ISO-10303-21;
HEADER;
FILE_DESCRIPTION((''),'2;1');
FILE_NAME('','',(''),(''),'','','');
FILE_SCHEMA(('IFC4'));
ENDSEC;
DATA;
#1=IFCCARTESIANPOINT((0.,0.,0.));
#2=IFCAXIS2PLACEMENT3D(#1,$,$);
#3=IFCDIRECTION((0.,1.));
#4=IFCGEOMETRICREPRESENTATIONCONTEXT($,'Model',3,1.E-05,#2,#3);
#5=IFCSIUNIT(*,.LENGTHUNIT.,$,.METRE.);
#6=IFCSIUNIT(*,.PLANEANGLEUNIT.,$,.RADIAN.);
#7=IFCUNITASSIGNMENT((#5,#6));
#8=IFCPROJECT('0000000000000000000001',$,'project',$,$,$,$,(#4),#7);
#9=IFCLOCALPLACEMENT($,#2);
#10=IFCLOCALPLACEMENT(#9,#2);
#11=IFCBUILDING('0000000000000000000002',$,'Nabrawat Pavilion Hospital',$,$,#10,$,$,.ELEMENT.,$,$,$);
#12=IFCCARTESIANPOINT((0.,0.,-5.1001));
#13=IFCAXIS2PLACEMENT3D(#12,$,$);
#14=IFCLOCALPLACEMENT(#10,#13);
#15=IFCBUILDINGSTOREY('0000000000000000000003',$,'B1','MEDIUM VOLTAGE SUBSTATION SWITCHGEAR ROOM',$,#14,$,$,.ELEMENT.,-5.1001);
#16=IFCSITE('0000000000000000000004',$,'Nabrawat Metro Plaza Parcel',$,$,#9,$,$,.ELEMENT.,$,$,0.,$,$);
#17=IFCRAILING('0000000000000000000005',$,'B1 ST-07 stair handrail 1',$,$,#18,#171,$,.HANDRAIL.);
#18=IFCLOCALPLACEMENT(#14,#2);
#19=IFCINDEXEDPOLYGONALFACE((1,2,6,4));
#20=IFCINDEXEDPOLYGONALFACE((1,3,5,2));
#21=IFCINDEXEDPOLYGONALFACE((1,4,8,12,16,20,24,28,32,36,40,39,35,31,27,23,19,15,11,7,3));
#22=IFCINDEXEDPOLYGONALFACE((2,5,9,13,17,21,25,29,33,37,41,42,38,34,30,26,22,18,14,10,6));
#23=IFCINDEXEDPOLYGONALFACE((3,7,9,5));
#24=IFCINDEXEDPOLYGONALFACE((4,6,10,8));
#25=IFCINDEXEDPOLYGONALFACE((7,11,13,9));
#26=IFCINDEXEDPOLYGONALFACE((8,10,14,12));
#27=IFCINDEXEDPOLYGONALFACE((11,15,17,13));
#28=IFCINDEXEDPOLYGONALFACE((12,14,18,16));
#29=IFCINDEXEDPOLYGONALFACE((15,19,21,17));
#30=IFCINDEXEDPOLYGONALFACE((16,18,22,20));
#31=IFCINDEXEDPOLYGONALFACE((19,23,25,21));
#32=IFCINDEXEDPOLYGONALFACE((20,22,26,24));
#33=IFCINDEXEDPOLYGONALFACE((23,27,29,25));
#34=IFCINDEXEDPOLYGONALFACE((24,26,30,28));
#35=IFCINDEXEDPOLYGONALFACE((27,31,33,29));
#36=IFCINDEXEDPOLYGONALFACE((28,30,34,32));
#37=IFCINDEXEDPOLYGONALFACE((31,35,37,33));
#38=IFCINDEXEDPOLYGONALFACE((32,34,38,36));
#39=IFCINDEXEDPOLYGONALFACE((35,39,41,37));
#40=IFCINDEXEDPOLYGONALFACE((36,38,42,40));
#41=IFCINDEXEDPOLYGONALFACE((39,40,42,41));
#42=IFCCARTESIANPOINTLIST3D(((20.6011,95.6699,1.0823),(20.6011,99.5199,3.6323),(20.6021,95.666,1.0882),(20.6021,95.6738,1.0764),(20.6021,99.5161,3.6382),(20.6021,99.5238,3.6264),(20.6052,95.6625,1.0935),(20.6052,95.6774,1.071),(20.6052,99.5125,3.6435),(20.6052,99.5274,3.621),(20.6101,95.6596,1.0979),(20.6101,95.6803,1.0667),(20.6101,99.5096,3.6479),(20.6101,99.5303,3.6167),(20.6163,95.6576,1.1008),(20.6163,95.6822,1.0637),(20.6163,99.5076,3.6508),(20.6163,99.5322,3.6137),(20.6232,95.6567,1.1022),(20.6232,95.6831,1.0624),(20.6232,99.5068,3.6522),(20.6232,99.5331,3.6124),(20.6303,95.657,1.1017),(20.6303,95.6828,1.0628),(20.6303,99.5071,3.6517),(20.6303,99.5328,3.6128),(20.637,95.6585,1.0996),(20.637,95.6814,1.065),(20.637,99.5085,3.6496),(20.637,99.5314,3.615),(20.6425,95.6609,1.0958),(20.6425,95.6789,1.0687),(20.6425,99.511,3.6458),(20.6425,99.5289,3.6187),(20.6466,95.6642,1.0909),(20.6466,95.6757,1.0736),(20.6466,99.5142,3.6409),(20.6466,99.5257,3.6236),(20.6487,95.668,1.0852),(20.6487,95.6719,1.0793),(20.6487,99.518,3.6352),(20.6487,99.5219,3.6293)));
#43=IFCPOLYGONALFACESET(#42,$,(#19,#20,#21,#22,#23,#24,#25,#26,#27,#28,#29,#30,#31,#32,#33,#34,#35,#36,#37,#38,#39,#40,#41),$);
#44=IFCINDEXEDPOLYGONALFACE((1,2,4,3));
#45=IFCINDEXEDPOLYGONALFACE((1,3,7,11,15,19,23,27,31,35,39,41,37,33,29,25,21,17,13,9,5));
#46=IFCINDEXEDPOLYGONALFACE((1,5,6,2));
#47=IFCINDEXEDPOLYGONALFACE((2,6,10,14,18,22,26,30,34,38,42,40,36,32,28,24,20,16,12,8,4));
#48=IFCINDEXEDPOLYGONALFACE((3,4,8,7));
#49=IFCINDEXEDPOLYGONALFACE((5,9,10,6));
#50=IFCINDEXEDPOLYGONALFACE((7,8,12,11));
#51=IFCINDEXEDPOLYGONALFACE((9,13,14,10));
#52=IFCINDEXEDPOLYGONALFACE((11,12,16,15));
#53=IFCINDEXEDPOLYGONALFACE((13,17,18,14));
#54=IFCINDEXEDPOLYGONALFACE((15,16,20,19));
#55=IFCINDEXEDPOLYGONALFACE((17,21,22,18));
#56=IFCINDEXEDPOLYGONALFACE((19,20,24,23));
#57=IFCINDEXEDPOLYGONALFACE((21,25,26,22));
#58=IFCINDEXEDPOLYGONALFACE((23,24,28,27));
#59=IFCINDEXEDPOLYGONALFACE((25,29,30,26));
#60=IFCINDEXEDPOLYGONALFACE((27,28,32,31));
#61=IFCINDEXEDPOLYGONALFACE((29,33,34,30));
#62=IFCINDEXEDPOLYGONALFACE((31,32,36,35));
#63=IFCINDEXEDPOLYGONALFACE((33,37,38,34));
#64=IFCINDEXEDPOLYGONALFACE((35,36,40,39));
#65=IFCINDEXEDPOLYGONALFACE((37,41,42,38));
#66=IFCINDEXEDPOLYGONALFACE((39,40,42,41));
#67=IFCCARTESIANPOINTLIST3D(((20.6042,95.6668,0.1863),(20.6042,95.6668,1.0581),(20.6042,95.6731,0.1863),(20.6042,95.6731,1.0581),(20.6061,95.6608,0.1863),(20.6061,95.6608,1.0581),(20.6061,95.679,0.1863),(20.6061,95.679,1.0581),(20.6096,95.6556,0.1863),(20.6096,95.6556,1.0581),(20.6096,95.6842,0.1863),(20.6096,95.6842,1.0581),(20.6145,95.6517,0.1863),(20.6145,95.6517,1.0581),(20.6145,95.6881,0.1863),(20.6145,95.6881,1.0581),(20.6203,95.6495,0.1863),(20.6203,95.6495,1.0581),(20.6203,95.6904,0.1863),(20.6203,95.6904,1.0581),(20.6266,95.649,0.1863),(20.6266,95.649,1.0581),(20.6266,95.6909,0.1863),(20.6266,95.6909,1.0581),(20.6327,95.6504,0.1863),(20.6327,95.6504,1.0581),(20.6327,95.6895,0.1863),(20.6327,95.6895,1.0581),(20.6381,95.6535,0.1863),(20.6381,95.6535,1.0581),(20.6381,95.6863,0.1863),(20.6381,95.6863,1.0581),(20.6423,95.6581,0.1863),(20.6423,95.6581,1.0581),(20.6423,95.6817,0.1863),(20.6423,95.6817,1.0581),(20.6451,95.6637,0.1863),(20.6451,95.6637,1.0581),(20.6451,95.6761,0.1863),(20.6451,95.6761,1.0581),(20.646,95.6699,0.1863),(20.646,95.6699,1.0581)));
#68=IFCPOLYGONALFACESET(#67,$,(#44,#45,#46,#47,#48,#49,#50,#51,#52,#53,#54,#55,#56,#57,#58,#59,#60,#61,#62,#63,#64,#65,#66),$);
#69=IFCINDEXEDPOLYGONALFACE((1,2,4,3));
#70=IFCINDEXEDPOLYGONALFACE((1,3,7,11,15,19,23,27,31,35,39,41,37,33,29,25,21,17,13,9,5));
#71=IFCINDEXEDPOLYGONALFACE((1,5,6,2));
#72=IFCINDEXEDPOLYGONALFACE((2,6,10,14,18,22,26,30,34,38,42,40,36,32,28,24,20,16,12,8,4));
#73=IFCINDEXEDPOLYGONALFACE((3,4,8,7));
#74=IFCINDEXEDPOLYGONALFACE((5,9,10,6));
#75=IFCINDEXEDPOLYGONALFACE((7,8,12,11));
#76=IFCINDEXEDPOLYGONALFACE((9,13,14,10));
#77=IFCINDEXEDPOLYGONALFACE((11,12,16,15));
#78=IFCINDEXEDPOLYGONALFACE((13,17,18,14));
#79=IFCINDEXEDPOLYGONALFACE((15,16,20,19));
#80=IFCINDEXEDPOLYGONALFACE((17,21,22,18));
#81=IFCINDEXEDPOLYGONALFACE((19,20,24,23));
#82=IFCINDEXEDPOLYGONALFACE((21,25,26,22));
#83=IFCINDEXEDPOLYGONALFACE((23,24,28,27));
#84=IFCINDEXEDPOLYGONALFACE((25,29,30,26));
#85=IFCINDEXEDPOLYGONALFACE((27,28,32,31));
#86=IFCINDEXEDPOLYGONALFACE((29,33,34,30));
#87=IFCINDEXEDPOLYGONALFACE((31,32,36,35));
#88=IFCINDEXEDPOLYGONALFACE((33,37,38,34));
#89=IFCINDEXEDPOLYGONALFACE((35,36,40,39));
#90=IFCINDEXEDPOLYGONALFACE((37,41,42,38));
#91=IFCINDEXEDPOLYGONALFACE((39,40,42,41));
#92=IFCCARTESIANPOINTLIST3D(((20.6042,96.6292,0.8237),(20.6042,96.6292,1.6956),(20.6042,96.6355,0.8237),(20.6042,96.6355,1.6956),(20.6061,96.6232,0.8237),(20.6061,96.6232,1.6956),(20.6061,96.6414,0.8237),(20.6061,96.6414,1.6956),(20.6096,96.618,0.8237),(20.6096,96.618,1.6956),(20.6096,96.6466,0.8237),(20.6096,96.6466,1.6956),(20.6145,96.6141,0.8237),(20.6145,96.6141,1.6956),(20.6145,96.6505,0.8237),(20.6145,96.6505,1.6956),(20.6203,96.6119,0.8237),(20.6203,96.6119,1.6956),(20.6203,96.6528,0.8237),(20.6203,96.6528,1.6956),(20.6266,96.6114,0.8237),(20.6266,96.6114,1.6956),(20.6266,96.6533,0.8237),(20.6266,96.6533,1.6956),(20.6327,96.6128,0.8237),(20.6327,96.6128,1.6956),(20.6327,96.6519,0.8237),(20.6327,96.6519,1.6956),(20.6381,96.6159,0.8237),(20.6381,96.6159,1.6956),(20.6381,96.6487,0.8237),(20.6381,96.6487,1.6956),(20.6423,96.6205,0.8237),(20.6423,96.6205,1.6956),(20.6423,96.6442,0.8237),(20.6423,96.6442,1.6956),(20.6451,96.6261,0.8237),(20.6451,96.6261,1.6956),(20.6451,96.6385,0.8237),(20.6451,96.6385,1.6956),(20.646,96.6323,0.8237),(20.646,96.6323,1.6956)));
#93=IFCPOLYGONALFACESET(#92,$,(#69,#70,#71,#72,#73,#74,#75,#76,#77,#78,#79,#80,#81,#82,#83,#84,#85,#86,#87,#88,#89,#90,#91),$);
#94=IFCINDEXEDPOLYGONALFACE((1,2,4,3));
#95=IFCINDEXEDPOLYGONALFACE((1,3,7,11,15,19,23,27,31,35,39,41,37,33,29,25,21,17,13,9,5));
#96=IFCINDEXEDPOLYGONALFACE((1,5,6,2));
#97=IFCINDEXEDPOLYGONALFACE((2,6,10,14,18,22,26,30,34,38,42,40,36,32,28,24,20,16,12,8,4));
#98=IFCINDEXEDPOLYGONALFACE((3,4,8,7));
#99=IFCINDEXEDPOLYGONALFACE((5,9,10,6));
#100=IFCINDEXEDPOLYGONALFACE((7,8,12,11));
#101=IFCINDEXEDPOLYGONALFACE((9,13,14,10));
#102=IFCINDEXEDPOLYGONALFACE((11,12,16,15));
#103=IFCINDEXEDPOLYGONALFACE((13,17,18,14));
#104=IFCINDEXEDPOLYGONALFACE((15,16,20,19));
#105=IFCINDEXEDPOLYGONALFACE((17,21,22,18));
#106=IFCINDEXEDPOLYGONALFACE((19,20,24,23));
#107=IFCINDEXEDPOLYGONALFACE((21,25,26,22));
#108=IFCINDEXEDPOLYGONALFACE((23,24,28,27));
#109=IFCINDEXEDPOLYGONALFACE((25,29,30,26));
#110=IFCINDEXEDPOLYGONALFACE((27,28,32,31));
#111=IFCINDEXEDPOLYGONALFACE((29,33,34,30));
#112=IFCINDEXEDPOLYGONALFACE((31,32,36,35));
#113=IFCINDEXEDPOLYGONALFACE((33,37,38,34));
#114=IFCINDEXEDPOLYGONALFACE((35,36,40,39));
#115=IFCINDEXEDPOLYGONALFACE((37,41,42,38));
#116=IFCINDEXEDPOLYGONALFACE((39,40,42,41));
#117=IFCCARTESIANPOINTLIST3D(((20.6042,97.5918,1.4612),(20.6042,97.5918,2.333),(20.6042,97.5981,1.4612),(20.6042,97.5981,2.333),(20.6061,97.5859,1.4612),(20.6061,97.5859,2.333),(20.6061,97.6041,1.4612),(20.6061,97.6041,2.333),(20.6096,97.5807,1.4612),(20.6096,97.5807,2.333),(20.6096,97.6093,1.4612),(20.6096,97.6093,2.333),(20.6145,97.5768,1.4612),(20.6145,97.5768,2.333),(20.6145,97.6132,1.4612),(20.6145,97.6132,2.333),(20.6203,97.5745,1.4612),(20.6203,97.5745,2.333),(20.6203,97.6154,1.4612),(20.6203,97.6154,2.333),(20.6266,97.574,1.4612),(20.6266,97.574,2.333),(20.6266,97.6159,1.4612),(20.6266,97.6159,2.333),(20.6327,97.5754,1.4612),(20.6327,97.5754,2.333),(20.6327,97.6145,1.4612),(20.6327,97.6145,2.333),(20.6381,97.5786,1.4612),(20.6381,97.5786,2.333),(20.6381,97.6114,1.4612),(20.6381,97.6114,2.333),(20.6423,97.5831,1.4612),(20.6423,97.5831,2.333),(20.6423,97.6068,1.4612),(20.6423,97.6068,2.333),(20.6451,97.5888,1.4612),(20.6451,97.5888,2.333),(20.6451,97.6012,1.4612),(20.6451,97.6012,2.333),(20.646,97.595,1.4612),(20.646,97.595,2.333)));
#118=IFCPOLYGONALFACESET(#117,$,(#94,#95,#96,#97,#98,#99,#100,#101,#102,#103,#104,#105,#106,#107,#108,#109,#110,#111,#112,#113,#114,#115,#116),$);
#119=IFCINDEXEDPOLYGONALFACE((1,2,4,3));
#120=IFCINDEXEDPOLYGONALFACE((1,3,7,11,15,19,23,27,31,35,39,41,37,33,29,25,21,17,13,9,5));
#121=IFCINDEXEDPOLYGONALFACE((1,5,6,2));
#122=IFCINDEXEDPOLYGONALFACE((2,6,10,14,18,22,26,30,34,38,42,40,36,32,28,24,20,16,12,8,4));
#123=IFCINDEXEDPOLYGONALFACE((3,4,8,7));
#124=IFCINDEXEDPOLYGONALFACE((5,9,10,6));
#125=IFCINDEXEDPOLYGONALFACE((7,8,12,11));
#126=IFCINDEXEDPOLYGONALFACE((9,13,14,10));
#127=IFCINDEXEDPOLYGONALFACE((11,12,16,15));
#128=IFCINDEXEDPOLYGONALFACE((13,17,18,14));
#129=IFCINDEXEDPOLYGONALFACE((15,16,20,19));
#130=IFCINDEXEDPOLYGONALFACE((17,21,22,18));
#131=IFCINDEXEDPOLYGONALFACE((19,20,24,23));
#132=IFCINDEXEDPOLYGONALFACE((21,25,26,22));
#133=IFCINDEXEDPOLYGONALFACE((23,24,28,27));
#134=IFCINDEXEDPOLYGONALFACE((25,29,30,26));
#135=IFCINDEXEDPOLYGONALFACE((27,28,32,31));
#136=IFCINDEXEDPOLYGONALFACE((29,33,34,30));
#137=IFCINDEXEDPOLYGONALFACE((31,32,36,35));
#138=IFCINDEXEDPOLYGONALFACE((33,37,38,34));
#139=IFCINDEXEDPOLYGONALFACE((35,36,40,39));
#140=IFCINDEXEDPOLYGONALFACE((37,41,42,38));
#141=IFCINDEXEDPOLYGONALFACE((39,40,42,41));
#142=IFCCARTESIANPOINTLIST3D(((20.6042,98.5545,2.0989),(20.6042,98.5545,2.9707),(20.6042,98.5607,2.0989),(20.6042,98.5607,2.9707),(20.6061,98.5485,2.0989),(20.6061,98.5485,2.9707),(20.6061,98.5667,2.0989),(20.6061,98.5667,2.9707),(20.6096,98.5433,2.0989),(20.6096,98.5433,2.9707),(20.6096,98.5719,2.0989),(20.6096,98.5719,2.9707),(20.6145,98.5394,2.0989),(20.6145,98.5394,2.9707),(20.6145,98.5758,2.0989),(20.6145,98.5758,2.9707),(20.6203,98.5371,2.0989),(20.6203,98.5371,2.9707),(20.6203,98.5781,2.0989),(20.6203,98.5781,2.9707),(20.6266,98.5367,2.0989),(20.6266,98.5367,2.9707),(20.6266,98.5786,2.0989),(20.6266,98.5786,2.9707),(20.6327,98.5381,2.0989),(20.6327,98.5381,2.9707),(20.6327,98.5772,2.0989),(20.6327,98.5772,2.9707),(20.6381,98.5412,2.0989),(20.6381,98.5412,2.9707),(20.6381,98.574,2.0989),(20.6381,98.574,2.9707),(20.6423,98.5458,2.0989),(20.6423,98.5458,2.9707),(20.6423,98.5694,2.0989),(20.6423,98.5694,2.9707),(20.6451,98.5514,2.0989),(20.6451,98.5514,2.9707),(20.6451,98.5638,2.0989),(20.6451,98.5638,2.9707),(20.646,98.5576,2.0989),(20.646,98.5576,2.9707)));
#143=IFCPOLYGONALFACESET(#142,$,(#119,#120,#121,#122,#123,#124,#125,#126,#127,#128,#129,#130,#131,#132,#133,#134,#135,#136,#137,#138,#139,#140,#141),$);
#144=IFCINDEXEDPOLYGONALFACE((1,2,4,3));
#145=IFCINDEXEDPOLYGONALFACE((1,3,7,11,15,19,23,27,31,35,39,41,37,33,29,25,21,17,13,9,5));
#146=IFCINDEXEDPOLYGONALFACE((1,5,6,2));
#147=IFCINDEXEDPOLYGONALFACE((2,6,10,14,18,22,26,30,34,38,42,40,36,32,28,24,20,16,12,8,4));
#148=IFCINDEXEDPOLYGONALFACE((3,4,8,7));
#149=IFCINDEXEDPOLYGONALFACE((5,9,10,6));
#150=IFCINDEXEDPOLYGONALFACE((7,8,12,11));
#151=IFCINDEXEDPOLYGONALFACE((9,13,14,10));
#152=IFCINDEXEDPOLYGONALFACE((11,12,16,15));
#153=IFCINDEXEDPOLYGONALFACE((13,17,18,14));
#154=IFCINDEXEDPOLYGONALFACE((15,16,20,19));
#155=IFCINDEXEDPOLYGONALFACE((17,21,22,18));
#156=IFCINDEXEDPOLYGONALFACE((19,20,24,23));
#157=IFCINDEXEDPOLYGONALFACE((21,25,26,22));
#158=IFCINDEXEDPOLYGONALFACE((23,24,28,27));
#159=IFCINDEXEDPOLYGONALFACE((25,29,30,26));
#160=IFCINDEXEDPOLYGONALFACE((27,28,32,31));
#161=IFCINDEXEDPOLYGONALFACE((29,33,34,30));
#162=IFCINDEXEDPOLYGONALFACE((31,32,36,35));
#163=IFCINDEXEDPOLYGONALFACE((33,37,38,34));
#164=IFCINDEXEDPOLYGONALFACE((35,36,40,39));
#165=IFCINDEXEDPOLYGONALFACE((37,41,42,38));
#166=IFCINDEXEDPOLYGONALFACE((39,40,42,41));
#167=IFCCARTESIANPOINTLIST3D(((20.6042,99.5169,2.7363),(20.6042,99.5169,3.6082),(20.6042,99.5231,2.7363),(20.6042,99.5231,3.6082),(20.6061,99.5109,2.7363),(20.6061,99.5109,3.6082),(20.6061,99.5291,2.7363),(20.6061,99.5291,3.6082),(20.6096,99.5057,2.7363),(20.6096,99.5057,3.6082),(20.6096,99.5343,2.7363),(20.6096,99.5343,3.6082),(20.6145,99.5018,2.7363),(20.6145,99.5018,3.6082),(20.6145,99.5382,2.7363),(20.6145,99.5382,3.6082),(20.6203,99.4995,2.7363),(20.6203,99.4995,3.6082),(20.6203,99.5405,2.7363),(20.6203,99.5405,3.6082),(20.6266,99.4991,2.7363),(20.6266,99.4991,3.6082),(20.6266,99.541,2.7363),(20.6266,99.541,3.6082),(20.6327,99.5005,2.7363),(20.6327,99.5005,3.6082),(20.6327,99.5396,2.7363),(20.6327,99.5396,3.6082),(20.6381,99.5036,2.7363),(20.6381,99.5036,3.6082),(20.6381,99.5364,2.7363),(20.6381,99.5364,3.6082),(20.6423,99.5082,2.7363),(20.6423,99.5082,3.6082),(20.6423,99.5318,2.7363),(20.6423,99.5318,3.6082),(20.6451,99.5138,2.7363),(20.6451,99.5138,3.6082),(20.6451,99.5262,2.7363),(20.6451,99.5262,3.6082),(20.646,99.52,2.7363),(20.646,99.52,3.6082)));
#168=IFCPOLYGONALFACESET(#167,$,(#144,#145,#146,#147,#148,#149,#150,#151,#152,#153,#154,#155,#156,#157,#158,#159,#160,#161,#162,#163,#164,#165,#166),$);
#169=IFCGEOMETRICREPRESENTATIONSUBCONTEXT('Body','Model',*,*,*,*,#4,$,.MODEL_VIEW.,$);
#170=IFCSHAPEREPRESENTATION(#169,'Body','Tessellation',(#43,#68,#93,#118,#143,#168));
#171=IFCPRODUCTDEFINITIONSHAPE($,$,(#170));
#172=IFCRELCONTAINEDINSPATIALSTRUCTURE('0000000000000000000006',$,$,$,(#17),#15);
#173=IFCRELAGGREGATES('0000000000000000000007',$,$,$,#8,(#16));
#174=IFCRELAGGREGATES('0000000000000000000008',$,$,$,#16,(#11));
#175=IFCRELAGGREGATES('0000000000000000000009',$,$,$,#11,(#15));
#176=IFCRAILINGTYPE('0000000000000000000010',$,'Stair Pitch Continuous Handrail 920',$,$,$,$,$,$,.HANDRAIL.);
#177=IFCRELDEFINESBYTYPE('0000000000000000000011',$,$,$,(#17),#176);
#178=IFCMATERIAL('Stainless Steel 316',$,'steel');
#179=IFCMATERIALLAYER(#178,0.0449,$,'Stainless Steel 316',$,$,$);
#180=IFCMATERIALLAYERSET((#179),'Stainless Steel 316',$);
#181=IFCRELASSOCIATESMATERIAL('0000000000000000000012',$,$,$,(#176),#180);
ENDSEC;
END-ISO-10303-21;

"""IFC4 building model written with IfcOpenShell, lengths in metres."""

from ifc_helpers import new_model, si_unit, direction, frame, origin, origin_2d, place, context, subcontext, project, spatial, circle, extrude, material, layer, layer_set, type_object, element, save


model = new_model("IFC4")

# Units and contexts
model_context = context("Model", 3, precision=1e-05, world=origin(), true_north=direction((0.0, 1.0)))
body_context = subcontext(model_context, "Body", "Model", "MODEL_VIEW")
ifc_project = project(units=[si_unit("LENGTHUNIT", "METRE"), si_unit("PLANEANGLEUNIT", "RADIAN")], contexts=[model_context])

# Site, building, storey
site_placement = place(None, origin())
site = spatial("IfcSite", under=ifc_project, at=site_placement, Name="Nabrawat Metro Plaza Parcel", CompositionType="ELEMENT", RefElevation=0.0)
building_placement = place(site_placement, origin())
building = spatial("IfcBuilding", under=site, at=building_placement, Name="Nabrawat Pavilion Hospital", CompositionType="ELEMENT")
storey_placement = place(building_placement, frame((0.0, 0.0, -5.1001)))
storey = spatial("IfcBuildingStorey", under=building, at=storey_placement, Name="B1", Description="MEDIUM VOLTAGE SUBSTATION SWITCHGEAR ROOM", CompositionType="ELEMENT", Elevation=-5.1001)

# Railing
ifc_material_1 = material(Name="Stainless Steel 316", Category="steel")
ifc_layer_1 = layer(ifc_material_1, 0.0449, Name="Stainless Steel 316")
ifc_layer_set_1 = layer_set([ifc_layer_1], Name="Stainless Steel 316")
railing_type_1 = type_object("IfcRailingType", Name="Stair Pitch Continuous Handrail 920", PredefinedType="HANDRAIL", material=ifc_layer_set_1)
railing_1_placement = place(storey_placement, frame((20.625, 95.6699, 0.1863)))
element("IfcRailing", 1, at=railing_1_placement, inside=storey, type_object=railing_type_1, Name="B1 ST-07 stair handrail 1", PredefinedType="HANDRAIL", context=body_context, shape_type="SweptSolid", body=[
    extrude(circle(Radius=0.0239, at=origin_2d()), frame((0.0, 0.0, 0.896), z_axis=(0.0, 0.833714, 0.552197), x_axis=(-1.0, 0.0, 0.0)), (0.0, 0.0, 1.0), 4.6179),
    extrude(circle(Radius=0.021, at=origin_2d()), origin(), (0.0, 0.0, 1.0), 0.8718),
    extrude(circle(Radius=0.021, at=origin_2d()), frame((0.0, 0.9624, 0.6375)), (0.0, 0.0, 1.0), 0.8718),
    extrude(circle(Radius=0.021, at=origin_2d()), frame((0.0, 1.925, 1.2749)), (0.0, 0.0, 1.0), 0.8718),
    extrude(circle(Radius=0.021, at=origin_2d()), frame((0.0, 2.8877, 1.9126)), (0.0, 0.0, 1.0), 0.8718),
    extrude(circle(Radius=0.021, at=origin_2d()), frame((0.0, 3.8501, 2.55)), (0.0, 0.0, 1.0), 0.8718),
])

save(model, "model.ifc")
